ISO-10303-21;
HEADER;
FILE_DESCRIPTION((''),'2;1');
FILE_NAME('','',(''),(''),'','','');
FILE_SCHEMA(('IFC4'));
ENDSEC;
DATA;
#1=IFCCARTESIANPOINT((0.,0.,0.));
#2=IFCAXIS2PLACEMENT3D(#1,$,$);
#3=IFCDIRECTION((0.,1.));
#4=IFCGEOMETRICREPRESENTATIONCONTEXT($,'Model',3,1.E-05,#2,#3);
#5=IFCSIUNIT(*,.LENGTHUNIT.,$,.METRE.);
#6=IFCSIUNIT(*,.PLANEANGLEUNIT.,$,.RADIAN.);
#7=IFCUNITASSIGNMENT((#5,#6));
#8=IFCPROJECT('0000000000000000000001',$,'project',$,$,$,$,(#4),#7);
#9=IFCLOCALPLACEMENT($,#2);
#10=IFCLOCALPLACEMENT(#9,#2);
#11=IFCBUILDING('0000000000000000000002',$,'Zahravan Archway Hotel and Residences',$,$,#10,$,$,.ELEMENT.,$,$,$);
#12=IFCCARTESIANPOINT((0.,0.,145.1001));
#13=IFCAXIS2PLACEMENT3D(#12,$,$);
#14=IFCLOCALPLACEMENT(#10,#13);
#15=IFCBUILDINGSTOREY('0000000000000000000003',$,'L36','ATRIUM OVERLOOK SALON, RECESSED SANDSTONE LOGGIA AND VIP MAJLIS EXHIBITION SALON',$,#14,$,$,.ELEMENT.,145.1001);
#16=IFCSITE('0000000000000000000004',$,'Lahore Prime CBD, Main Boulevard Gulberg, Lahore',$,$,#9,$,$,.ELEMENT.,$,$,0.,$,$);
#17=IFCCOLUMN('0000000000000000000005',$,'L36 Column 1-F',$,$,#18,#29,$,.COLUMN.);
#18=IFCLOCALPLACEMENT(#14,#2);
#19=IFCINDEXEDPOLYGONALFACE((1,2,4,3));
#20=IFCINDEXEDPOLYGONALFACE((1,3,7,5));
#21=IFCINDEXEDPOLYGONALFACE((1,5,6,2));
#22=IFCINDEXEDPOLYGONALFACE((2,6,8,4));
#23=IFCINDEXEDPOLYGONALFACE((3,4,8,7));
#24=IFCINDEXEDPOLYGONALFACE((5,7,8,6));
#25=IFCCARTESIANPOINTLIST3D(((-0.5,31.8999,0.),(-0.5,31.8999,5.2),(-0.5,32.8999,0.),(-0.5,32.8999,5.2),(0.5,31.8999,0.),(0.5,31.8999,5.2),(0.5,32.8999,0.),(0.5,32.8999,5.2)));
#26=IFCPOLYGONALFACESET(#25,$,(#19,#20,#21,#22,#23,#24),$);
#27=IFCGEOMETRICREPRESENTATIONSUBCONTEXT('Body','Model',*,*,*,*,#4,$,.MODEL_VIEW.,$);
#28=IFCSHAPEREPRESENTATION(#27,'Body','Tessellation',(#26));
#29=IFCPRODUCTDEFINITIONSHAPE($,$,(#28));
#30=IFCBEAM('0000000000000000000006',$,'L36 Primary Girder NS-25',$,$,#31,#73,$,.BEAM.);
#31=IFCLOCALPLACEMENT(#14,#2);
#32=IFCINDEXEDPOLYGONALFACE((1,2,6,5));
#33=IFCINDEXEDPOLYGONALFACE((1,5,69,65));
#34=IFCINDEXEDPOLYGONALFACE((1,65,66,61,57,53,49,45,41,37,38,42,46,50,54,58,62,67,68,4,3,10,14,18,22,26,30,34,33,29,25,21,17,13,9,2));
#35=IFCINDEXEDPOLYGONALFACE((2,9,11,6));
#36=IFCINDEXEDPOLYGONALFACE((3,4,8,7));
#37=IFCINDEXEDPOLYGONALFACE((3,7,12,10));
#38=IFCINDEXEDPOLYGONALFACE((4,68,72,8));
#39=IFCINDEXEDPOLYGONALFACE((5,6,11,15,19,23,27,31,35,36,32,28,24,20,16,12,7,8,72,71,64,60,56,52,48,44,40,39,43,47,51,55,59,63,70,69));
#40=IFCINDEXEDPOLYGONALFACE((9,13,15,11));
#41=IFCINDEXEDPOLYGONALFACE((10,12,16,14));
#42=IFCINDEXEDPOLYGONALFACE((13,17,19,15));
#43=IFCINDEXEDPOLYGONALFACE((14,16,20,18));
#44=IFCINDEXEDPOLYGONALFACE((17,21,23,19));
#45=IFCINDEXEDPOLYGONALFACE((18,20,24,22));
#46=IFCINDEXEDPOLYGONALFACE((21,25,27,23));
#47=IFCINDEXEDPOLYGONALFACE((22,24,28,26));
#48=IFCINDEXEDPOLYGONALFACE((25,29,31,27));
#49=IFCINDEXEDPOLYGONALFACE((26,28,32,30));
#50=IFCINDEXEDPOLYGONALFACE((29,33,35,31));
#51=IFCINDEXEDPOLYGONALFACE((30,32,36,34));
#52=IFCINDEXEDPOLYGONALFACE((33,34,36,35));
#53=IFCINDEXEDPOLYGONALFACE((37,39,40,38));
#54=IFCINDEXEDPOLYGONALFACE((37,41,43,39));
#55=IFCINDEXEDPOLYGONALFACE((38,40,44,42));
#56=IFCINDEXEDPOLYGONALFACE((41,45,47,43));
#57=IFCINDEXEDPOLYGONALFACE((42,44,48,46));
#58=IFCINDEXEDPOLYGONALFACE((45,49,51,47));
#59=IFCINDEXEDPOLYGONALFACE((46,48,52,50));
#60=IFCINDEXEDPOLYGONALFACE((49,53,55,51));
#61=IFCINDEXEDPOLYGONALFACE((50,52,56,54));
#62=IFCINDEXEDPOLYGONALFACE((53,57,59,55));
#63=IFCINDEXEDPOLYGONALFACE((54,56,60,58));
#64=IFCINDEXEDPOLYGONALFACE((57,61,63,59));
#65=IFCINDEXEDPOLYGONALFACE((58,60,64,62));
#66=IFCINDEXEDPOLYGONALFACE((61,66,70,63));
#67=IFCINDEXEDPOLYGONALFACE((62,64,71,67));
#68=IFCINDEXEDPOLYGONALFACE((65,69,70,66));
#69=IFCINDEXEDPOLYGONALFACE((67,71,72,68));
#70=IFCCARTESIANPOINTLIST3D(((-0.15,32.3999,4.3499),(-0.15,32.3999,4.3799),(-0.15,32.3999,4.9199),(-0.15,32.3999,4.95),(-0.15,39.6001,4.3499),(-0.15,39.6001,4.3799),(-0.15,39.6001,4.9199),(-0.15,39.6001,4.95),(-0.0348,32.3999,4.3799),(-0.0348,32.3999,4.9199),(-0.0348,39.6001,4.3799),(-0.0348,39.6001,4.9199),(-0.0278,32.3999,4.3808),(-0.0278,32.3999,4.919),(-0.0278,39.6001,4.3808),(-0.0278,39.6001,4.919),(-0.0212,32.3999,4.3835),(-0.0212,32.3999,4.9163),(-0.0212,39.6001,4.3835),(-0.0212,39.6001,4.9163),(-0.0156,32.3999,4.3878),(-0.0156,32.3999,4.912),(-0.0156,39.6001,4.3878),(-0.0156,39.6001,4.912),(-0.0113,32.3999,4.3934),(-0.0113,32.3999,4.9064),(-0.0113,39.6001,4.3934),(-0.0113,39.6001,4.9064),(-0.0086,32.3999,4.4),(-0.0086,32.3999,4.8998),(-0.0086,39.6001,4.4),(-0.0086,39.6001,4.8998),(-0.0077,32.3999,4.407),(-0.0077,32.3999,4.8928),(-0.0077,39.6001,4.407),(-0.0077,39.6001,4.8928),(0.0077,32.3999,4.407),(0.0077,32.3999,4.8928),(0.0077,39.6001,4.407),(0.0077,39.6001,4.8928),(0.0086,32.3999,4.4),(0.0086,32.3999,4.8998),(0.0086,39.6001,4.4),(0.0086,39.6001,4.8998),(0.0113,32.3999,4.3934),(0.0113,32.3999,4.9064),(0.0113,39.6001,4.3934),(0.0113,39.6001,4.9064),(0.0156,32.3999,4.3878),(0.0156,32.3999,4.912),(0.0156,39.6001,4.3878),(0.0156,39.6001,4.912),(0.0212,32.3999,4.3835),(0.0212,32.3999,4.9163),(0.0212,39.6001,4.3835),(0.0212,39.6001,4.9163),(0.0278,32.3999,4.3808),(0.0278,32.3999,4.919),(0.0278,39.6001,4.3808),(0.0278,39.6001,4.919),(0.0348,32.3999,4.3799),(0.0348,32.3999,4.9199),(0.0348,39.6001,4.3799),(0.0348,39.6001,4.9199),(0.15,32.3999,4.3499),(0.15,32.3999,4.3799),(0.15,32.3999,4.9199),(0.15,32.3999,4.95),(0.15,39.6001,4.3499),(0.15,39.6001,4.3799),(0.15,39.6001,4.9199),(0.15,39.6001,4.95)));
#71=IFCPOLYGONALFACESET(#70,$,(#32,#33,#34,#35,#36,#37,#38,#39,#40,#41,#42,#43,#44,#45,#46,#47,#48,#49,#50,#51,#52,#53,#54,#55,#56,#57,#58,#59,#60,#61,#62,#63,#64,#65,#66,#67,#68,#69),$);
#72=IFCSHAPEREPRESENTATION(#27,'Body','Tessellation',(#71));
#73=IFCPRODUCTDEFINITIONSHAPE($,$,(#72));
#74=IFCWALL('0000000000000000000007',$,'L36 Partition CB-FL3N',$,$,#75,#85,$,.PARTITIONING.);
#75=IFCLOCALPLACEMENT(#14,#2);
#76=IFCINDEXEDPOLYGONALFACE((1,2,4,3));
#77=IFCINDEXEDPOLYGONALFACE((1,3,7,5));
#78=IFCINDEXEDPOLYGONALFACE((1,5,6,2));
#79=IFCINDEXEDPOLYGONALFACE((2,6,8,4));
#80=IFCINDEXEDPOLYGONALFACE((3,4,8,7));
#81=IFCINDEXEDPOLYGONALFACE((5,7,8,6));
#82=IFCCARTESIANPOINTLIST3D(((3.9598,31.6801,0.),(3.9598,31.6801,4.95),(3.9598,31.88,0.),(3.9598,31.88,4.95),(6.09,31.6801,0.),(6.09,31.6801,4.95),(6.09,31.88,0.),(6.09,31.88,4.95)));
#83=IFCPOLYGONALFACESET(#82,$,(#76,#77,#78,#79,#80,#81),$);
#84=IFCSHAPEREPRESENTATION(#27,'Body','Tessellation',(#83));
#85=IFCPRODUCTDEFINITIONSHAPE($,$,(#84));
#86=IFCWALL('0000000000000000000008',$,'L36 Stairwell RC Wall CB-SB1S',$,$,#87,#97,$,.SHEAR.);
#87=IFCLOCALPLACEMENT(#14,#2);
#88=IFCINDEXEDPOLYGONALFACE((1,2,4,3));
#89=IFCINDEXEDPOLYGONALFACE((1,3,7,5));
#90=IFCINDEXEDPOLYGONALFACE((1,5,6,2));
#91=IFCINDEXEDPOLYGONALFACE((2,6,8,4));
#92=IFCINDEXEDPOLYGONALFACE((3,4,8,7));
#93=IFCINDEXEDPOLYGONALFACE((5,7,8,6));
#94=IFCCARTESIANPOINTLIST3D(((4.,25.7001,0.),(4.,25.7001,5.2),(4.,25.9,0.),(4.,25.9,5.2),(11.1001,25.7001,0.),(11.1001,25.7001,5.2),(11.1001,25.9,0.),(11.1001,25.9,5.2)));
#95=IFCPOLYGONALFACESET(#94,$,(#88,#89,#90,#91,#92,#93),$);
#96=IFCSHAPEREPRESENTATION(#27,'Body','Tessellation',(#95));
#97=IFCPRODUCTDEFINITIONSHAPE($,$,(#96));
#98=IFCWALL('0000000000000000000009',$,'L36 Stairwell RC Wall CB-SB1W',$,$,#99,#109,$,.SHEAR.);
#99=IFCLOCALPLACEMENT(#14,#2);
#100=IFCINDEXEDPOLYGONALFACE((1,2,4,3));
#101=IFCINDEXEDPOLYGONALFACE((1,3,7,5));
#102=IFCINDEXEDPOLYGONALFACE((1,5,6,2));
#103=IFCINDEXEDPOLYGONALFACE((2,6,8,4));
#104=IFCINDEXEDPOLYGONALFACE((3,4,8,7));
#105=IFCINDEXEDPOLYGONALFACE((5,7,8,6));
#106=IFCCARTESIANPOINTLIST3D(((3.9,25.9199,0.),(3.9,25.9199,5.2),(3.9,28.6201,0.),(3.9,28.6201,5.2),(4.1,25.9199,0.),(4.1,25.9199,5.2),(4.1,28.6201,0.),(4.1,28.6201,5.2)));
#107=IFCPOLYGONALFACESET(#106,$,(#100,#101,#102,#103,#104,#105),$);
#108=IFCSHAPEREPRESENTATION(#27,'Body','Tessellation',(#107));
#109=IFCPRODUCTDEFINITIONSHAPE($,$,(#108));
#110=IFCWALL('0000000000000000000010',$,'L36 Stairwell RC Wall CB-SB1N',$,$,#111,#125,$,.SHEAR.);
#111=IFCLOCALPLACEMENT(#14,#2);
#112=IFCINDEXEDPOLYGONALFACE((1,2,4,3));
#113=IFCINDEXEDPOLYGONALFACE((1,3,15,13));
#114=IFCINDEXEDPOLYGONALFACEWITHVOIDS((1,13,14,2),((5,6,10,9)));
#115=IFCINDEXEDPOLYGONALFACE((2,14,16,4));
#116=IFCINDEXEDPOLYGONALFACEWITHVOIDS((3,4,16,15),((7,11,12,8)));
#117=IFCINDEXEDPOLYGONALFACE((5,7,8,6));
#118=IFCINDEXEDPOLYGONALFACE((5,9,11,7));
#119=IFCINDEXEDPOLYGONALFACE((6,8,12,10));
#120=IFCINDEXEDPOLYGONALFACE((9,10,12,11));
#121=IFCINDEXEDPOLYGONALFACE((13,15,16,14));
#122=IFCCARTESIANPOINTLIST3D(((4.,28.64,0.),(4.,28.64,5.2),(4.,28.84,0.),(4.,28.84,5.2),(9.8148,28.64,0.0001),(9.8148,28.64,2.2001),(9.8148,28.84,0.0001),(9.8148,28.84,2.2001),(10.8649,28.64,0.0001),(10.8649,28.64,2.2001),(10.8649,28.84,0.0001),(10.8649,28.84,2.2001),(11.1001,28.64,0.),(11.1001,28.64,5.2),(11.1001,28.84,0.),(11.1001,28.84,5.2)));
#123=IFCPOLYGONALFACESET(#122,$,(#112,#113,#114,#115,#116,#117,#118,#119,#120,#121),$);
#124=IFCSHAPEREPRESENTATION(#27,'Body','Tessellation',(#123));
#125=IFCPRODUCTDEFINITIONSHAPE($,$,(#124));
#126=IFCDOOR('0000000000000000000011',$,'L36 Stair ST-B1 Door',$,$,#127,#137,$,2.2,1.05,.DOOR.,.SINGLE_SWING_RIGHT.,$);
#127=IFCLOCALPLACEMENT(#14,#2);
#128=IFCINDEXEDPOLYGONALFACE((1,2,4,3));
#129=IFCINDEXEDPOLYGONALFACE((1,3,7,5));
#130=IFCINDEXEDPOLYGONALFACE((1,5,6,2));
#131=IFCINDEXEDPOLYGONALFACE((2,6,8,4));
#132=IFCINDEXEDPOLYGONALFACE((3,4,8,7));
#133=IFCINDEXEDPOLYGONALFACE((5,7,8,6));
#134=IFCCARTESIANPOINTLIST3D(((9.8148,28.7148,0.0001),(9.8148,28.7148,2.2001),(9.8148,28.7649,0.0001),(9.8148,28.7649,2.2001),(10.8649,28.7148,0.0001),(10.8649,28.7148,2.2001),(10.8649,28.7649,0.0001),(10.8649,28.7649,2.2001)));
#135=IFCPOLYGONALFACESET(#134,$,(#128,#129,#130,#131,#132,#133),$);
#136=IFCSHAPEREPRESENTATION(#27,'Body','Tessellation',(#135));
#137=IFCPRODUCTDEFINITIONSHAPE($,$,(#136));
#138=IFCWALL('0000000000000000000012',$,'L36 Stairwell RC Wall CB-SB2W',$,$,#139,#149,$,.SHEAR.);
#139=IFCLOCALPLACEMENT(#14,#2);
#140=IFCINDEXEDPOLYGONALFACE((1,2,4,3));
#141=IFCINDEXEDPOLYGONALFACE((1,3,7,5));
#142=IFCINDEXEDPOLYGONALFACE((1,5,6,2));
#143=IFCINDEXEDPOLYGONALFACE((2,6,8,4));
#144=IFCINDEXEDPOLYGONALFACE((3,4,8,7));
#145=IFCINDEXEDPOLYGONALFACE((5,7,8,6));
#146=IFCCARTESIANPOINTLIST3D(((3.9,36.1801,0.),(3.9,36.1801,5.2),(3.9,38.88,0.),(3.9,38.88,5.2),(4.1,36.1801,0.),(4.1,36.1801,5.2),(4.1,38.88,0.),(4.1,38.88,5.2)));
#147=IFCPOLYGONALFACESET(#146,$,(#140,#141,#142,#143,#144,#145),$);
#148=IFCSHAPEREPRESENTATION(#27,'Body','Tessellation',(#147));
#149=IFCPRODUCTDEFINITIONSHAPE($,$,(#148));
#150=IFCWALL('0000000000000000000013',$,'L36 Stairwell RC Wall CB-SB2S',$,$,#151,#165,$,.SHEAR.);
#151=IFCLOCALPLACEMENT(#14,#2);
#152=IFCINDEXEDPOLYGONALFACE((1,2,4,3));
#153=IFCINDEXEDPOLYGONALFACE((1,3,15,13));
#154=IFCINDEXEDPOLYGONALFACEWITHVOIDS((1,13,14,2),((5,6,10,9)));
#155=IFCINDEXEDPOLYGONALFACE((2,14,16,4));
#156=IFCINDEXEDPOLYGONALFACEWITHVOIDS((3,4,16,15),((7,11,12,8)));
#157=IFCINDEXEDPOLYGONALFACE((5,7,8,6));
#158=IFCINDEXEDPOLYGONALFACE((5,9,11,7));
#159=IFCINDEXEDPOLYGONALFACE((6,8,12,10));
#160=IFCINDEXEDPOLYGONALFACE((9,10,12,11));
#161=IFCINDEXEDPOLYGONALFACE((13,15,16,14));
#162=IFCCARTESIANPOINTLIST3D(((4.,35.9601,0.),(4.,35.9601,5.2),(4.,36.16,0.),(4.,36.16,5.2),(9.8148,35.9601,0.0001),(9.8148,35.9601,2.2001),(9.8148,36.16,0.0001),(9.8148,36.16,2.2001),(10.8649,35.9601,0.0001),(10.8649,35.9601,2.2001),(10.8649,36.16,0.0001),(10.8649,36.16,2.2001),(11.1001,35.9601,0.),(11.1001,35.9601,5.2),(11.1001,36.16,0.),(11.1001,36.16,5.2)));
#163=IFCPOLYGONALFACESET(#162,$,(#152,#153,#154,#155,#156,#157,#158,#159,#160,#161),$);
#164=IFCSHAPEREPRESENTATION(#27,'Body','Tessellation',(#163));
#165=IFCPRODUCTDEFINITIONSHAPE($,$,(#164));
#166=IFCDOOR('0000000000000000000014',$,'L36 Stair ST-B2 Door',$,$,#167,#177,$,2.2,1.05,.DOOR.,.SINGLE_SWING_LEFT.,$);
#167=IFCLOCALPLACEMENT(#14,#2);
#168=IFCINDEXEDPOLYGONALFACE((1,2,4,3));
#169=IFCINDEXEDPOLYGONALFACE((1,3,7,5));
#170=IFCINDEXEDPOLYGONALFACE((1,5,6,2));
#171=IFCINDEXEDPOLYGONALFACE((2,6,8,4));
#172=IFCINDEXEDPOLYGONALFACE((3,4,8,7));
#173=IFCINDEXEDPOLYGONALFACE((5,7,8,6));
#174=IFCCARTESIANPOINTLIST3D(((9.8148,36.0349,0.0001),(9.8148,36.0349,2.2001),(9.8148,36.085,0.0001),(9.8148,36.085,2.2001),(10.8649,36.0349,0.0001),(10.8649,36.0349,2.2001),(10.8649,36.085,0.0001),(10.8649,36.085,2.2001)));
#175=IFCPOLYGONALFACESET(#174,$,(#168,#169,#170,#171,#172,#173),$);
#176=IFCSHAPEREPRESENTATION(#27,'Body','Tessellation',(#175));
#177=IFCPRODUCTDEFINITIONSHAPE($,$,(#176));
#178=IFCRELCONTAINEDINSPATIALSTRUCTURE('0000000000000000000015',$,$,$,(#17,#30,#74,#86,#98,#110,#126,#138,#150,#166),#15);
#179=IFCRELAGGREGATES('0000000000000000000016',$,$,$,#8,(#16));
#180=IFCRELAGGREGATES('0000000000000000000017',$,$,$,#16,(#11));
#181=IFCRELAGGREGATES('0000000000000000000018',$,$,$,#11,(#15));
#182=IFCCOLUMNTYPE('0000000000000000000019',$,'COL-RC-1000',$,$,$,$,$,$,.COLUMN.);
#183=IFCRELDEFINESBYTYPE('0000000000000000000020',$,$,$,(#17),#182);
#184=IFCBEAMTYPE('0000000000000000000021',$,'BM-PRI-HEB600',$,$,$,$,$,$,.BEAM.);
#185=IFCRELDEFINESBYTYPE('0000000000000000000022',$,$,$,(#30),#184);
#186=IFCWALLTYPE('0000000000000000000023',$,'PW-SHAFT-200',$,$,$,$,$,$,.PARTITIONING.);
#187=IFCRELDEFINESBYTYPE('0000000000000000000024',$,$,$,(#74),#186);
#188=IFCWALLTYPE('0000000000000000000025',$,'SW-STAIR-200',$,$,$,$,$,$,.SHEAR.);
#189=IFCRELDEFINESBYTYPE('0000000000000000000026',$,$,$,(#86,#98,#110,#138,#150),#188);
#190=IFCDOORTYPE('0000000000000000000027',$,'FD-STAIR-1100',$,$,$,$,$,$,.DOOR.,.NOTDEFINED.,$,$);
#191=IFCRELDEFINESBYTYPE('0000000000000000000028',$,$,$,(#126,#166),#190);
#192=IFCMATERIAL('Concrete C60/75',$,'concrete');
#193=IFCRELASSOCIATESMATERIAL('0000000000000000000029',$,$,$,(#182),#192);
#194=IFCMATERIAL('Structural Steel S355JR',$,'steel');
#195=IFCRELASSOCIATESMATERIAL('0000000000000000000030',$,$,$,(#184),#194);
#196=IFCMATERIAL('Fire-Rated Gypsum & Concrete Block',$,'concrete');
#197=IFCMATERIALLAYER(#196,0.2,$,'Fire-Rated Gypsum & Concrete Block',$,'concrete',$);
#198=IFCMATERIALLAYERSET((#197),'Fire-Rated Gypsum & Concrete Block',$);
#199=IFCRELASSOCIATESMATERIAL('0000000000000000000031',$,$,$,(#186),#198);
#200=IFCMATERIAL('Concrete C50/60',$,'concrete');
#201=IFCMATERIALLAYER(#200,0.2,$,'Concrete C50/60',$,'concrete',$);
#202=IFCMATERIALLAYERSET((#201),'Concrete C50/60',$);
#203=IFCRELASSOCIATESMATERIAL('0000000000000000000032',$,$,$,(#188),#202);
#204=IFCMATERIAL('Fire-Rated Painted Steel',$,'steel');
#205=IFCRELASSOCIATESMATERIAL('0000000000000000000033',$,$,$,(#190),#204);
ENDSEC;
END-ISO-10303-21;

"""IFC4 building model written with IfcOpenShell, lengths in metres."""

from ifc_helpers import new_model, si_unit, direction, frame, frame_2d, origin, origin_2d, place, context, subcontext, project, spatial, rectangle, i_section, extrude, source, transform, mapped, material, layer, layer_set, material_profile, profile_set, type_object, type_shapes, element, fill, save


model = new_model("IFC4")

# Units and contexts
model_context = context("Model", 3, precision=1e-05, world=origin(), true_north=direction((0.0, 1.0)))
body_context = subcontext(model_context, "Body", "Model", "MODEL_VIEW")
ifc_project = project(units=[si_unit("LENGTHUNIT", "METRE"), si_unit("PLANEANGLEUNIT", "RADIAN")], contexts=[model_context])

# Site, building, storey
site_placement = place(None, origin())
site = spatial("IfcSite", under=ifc_project, at=site_placement, Name="Lahore Prime CBD, Main Boulevard Gulberg, Lahore", CompositionType="ELEMENT", RefElevation=0.0)
building_placement = place(site_placement, origin())
building = spatial("IfcBuilding", under=site, at=building_placement, Name="Zahravan Archway Hotel and Residences", CompositionType="ELEMENT")
storey_placement = place(building_placement, frame((0.0, 0.0, 145.1001)))
storey = spatial("IfcBuildingStorey", under=building, at=storey_placement, Name="L36", Description="ATRIUM OVERLOOK SALON, RECESSED SANDSTONE LOGGIA AND VIP MAJLIS EXHIBITION SALON", CompositionType="ELEMENT", Elevation=145.1001)

# Column
ifc_material_1 = material(Name="Concrete C60/75", Category="concrete")
ifc_material_profile_1 = material_profile(ifc_material_1, rectangle(XDim=1.0, YDim=1.0, at=origin_2d()), Name="RC-COL-1000x1000", Category="concrete")
ifc_profile_set_1 = profile_set([ifc_material_profile_1], Name="Concrete C60/75")
column_type = type_object("IfcColumnType", Name="COL-RC-1000", PredefinedType="COLUMN", material=ifc_profile_set_1)
shared_shape_1 = source(origin(), body_context, "Body", "SweptSolid", [
    extrude(rectangle(XDim=1.0, YDim=1.0, at=origin_2d()), origin(), (0.0, 0.0, 1.0), 5.2),
])
column_placement = place(storey_placement, frame((0.0, 32.3999, 0.0), z_axis=(0.0, 0.0, 1.0), x_axis=(1.0, 0.0, 0.0)))
element("IfcColumn", 1, at=column_placement, inside=storey, type_object=column_type, Name="L36 Column 1-F", PredefinedType="COLUMN", context=body_context, shape_type="MappedRepresentation", body=[
    mapped(shared_shape_1, transform((0.0, 0.0, 0.0), scale=1.0)),
])

# Beam
ifc_material_2 = material(Name="Structural Steel S355JR", Category="steel")
ifc_material_profile_2 = material_profile(ifc_material_2, i_section(OverallWidth=0.3, OverallDepth=0.6001, WebThickness=0.0154, FlangeThickness=0.03, FilletRadius=0.0271, at=origin_2d()), Name="HEB 600", Category="steel")
ifc_profile_set_2 = profile_set([ifc_material_profile_2], Name="Structural Steel S355JR")
beam_type = type_object("IfcBeamType", Name="BM-PRI-HEB600", PredefinedType="BEAM", material=ifc_profile_set_2)
shared_shape_2 = source(origin(), body_context, "Body", "SweptSolid", [
    extrude(i_section(OverallWidth=0.3, OverallDepth=0.6001, WebThickness=0.0154, FlangeThickness=0.03, FilletRadius=0.0271, at=origin_2d()), origin(), (0.0, 0.0, 1.0), 7.2002),
])
type_shapes(beam_type, [shared_shape_2])
beam_placement = place(storey_placement, frame((0.0, 32.3999, 4.6499), z_axis=(0.0, 1.0, 0.0), x_axis=(-1.0, 0.0, 0.0)))
element("IfcBeam", 2, at=beam_placement, inside=storey, type_object=beam_type, Name="L36 Primary Girder NS-25", PredefinedType="BEAM", context=body_context, shape_type="MappedRepresentation", body=[
    mapped(shared_shape_2, transform((0.0, 0.0, 0.0), scale=1.0)),
])

# Walls
ifc_material_3 = material(Name="Fire-Rated Gypsum & Concrete Block", Category="concrete")
ifc_layer_1 = layer(ifc_material_3, 0.2, Name="Fire-Rated Gypsum & Concrete Block", Category="concrete")
ifc_layer_set_1 = layer_set([ifc_layer_1], Name="Fire-Rated Gypsum & Concrete Block")
wall_type_1 = type_object("IfcWallType", Name="PW-SHAFT-200", PredefinedType="PARTITIONING", material=ifc_layer_set_1)
wall_1_placement = place(storey_placement, frame((3.96, 31.78, 0.0), z_axis=(0.0, 0.0, 1.0), x_axis=(1.0, 0.0, 0.0)))
element("IfcWall", 3, at=wall_1_placement, inside=storey, type_object=wall_type_1, Name="L36 Partition CB-FL3N", PredefinedType="PARTITIONING", context=body_context, shape_type="SweptSolid", body=[
    extrude(rectangle(XDim=2.1301, YDim=0.2, at=frame_2d((1.0649, 0.0))), origin(), (0.0, 0.0, 1.0), 4.95),
])
ifc_material_4 = material(Name="Concrete C50/60", Category="concrete")
ifc_layer_2 = layer(ifc_material_4, 0.2, Name="Concrete C50/60", Category="concrete")
ifc_layer_set_2 = layer_set([ifc_layer_2], Name="Concrete C50/60")
wall_type_2 = type_object("IfcWallType", Name="SW-STAIR-200", PredefinedType="SHEAR", material=ifc_layer_set_2)
wall_2_placement = place(storey_placement, frame((4.0, 25.8, 0.0), z_axis=(0.0, 0.0, 1.0), x_axis=(1.0, 0.0, 0.0)))
element("IfcWall", 4, at=wall_2_placement, inside=storey, type_object=wall_type_2, Name="L36 Stairwell RC Wall CB-SB1S", PredefinedType="SHEAR", context=body_context, shape_type="SweptSolid", body=[
    extrude(rectangle(XDim=7.1001, YDim=0.2, at=frame_2d((3.55, 0.0))), origin(), (0.0, 0.0, 1.0), 5.2),
])
wall_3_placement = place(storey_placement, frame((4.0, 25.9199, 0.0), z_axis=(0.0, 0.0, 1.0), x_axis=(0.0, 1.0, 0.0)))
element("IfcWall", 5, at=wall_3_placement, inside=storey, type_object=wall_type_2, Name="L36 Stairwell RC Wall CB-SB1W", PredefinedType="SHEAR", context=body_context, shape_type="SweptSolid", body=[
    extrude(rectangle(XDim=2.7002, YDim=0.2, at=frame_2d((1.3501, 0.0))), origin(), (0.0, 0.0, 1.0), 5.2),
])

# Wall, opening, door
wall_4_placement = place(storey_placement, frame((4.0, 28.74, 0.0), z_axis=(0.0, 0.0, 1.0), x_axis=(1.0, 0.0, 0.0)))
wall_4 = element("IfcWall", 6, at=wall_4_placement, inside=storey, type_object=wall_type_2, Name="L36 Stairwell RC Wall CB-SB1N", PredefinedType="SHEAR", context=body_context, shape_type="SweptSolid", body=[
    extrude(rectangle(XDim=7.1001, YDim=0.2, at=frame_2d((3.55, 0.0))), origin(), (0.0, 0.0, 1.0), 5.2),
])
opening_1_placement = place(wall_4_placement, frame((5.8149, 0.0, 0.0)))
opening_1 = element("IfcOpeningElement", 7, at=opening_1_placement, cuts=wall_4, PredefinedType="OPENING", context=body_context, shape_type="SweptSolid", body=[
    extrude(rectangle(XDim=1.05, YDim=2.2, at=frame_2d((0.5249, 1.1001))), frame((0.0, 0.1099, 0.0), z_axis=(0.0, -1.0, 0.0), x_axis=(1.0, 0.0, 0.0)), (0.0, 0.0, 1.0), 0.22),
])
ifc_material_5 = material(Name="Fire-Rated Painted Steel", Category="steel")
door_type = type_object("IfcDoorType", Name="FD-STAIR-1100", OperationType="NOTDEFINED", PredefinedType="DOOR", material=ifc_material_5)
shared_shape_3 = source(origin(), body_context, "Body", "SweptSolid", [
    extrude(rectangle(XDim=1.05, YDim=2.2, at=frame_2d((0.5249, 1.1001))), frame((0.0, 0.0249, 0.0), z_axis=(0.0, -1.0, 0.0), x_axis=(1.0, 0.0, 0.0)), (0.0, 0.0, 1.0), 0.05),
])
type_shapes(door_type, [shared_shape_3])
door_1_placement = place(opening_1_placement, origin())
door_1 = element("IfcDoor", 8, at=door_1_placement, inside=storey, type_object=door_type, Name="L36 Stair ST-B1 Door", OperationType="SINGLE_SWING_RIGHT", OverallHeight=2.2, OverallWidth=1.05, PredefinedType="DOOR", context=body_context, shape_type="MappedRepresentation", body=[
    mapped(shared_shape_3, transform((0.0, 0.0, 0.0), scale=1.0)),
])
fill(opening_1, door_1)

# Wall
wall_5_placement = place(storey_placement, frame((4.0, 36.1799, 0.0), z_axis=(0.0, 0.0, 1.0), x_axis=(0.0, 1.0, 0.0)))
element("IfcWall", 9, at=wall_5_placement, inside=storey, type_object=wall_type_2, Name="L36 Stairwell RC Wall CB-SB2W", PredefinedType="SHEAR", context=body_context, shape_type="SweptSolid", body=[
    extrude(rectangle(XDim=2.7, YDim=0.2, at=frame_2d((1.3501, 0.0))), origin(), (0.0, 0.0, 1.0), 5.2),
])

# Wall, opening, door
wall_6_placement = place(storey_placement, frame((4.0, 36.0601, 0.0), z_axis=(0.0, 0.0, 1.0), x_axis=(1.0, 0.0, 0.0)))
wall_6 = element("IfcWall", 10, at=wall_6_placement, inside=storey, type_object=wall_type_2, Name="L36 Stairwell RC Wall CB-SB2S", PredefinedType="SHEAR", context=body_context, shape_type="SweptSolid", body=[
    extrude(rectangle(XDim=7.1001, YDim=0.2, at=frame_2d((3.55, 0.0))), origin(), (0.0, 0.0, 1.0), 5.2),
])
opening_2_placement = place(wall_6_placement, frame((5.8149, 0.0, 0.0)))
opening_2 = element("IfcOpeningElement", 11, at=opening_2_placement, cuts=wall_6, PredefinedType="OPENING", context=body_context, shape_type="SweptSolid", body=[
    extrude(rectangle(XDim=1.05, YDim=2.2, at=frame_2d((0.5249, 1.1001))), frame((0.0, 0.1099, 0.0), z_axis=(0.0, -1.0, 0.0), x_axis=(1.0, 0.0, 0.0)), (0.0, 0.0, 1.0), 0.22),
])
door_2_placement = place(opening_2_placement, origin())
door_2 = element("IfcDoor", 12, at=door_2_placement, inside=storey, type_object=door_type, Name="L36 Stair ST-B2 Door", OperationType="SINGLE_SWING_LEFT", OverallHeight=2.2, OverallWidth=1.05, PredefinedType="DOOR", context=body_context, shape_type="MappedRepresentation", body=[
    mapped(shared_shape_3, transform((0.0, 0.0, 0.0), scale=1.0)),
])
fill(opening_2, door_2)

save(model, "model.ifc")
